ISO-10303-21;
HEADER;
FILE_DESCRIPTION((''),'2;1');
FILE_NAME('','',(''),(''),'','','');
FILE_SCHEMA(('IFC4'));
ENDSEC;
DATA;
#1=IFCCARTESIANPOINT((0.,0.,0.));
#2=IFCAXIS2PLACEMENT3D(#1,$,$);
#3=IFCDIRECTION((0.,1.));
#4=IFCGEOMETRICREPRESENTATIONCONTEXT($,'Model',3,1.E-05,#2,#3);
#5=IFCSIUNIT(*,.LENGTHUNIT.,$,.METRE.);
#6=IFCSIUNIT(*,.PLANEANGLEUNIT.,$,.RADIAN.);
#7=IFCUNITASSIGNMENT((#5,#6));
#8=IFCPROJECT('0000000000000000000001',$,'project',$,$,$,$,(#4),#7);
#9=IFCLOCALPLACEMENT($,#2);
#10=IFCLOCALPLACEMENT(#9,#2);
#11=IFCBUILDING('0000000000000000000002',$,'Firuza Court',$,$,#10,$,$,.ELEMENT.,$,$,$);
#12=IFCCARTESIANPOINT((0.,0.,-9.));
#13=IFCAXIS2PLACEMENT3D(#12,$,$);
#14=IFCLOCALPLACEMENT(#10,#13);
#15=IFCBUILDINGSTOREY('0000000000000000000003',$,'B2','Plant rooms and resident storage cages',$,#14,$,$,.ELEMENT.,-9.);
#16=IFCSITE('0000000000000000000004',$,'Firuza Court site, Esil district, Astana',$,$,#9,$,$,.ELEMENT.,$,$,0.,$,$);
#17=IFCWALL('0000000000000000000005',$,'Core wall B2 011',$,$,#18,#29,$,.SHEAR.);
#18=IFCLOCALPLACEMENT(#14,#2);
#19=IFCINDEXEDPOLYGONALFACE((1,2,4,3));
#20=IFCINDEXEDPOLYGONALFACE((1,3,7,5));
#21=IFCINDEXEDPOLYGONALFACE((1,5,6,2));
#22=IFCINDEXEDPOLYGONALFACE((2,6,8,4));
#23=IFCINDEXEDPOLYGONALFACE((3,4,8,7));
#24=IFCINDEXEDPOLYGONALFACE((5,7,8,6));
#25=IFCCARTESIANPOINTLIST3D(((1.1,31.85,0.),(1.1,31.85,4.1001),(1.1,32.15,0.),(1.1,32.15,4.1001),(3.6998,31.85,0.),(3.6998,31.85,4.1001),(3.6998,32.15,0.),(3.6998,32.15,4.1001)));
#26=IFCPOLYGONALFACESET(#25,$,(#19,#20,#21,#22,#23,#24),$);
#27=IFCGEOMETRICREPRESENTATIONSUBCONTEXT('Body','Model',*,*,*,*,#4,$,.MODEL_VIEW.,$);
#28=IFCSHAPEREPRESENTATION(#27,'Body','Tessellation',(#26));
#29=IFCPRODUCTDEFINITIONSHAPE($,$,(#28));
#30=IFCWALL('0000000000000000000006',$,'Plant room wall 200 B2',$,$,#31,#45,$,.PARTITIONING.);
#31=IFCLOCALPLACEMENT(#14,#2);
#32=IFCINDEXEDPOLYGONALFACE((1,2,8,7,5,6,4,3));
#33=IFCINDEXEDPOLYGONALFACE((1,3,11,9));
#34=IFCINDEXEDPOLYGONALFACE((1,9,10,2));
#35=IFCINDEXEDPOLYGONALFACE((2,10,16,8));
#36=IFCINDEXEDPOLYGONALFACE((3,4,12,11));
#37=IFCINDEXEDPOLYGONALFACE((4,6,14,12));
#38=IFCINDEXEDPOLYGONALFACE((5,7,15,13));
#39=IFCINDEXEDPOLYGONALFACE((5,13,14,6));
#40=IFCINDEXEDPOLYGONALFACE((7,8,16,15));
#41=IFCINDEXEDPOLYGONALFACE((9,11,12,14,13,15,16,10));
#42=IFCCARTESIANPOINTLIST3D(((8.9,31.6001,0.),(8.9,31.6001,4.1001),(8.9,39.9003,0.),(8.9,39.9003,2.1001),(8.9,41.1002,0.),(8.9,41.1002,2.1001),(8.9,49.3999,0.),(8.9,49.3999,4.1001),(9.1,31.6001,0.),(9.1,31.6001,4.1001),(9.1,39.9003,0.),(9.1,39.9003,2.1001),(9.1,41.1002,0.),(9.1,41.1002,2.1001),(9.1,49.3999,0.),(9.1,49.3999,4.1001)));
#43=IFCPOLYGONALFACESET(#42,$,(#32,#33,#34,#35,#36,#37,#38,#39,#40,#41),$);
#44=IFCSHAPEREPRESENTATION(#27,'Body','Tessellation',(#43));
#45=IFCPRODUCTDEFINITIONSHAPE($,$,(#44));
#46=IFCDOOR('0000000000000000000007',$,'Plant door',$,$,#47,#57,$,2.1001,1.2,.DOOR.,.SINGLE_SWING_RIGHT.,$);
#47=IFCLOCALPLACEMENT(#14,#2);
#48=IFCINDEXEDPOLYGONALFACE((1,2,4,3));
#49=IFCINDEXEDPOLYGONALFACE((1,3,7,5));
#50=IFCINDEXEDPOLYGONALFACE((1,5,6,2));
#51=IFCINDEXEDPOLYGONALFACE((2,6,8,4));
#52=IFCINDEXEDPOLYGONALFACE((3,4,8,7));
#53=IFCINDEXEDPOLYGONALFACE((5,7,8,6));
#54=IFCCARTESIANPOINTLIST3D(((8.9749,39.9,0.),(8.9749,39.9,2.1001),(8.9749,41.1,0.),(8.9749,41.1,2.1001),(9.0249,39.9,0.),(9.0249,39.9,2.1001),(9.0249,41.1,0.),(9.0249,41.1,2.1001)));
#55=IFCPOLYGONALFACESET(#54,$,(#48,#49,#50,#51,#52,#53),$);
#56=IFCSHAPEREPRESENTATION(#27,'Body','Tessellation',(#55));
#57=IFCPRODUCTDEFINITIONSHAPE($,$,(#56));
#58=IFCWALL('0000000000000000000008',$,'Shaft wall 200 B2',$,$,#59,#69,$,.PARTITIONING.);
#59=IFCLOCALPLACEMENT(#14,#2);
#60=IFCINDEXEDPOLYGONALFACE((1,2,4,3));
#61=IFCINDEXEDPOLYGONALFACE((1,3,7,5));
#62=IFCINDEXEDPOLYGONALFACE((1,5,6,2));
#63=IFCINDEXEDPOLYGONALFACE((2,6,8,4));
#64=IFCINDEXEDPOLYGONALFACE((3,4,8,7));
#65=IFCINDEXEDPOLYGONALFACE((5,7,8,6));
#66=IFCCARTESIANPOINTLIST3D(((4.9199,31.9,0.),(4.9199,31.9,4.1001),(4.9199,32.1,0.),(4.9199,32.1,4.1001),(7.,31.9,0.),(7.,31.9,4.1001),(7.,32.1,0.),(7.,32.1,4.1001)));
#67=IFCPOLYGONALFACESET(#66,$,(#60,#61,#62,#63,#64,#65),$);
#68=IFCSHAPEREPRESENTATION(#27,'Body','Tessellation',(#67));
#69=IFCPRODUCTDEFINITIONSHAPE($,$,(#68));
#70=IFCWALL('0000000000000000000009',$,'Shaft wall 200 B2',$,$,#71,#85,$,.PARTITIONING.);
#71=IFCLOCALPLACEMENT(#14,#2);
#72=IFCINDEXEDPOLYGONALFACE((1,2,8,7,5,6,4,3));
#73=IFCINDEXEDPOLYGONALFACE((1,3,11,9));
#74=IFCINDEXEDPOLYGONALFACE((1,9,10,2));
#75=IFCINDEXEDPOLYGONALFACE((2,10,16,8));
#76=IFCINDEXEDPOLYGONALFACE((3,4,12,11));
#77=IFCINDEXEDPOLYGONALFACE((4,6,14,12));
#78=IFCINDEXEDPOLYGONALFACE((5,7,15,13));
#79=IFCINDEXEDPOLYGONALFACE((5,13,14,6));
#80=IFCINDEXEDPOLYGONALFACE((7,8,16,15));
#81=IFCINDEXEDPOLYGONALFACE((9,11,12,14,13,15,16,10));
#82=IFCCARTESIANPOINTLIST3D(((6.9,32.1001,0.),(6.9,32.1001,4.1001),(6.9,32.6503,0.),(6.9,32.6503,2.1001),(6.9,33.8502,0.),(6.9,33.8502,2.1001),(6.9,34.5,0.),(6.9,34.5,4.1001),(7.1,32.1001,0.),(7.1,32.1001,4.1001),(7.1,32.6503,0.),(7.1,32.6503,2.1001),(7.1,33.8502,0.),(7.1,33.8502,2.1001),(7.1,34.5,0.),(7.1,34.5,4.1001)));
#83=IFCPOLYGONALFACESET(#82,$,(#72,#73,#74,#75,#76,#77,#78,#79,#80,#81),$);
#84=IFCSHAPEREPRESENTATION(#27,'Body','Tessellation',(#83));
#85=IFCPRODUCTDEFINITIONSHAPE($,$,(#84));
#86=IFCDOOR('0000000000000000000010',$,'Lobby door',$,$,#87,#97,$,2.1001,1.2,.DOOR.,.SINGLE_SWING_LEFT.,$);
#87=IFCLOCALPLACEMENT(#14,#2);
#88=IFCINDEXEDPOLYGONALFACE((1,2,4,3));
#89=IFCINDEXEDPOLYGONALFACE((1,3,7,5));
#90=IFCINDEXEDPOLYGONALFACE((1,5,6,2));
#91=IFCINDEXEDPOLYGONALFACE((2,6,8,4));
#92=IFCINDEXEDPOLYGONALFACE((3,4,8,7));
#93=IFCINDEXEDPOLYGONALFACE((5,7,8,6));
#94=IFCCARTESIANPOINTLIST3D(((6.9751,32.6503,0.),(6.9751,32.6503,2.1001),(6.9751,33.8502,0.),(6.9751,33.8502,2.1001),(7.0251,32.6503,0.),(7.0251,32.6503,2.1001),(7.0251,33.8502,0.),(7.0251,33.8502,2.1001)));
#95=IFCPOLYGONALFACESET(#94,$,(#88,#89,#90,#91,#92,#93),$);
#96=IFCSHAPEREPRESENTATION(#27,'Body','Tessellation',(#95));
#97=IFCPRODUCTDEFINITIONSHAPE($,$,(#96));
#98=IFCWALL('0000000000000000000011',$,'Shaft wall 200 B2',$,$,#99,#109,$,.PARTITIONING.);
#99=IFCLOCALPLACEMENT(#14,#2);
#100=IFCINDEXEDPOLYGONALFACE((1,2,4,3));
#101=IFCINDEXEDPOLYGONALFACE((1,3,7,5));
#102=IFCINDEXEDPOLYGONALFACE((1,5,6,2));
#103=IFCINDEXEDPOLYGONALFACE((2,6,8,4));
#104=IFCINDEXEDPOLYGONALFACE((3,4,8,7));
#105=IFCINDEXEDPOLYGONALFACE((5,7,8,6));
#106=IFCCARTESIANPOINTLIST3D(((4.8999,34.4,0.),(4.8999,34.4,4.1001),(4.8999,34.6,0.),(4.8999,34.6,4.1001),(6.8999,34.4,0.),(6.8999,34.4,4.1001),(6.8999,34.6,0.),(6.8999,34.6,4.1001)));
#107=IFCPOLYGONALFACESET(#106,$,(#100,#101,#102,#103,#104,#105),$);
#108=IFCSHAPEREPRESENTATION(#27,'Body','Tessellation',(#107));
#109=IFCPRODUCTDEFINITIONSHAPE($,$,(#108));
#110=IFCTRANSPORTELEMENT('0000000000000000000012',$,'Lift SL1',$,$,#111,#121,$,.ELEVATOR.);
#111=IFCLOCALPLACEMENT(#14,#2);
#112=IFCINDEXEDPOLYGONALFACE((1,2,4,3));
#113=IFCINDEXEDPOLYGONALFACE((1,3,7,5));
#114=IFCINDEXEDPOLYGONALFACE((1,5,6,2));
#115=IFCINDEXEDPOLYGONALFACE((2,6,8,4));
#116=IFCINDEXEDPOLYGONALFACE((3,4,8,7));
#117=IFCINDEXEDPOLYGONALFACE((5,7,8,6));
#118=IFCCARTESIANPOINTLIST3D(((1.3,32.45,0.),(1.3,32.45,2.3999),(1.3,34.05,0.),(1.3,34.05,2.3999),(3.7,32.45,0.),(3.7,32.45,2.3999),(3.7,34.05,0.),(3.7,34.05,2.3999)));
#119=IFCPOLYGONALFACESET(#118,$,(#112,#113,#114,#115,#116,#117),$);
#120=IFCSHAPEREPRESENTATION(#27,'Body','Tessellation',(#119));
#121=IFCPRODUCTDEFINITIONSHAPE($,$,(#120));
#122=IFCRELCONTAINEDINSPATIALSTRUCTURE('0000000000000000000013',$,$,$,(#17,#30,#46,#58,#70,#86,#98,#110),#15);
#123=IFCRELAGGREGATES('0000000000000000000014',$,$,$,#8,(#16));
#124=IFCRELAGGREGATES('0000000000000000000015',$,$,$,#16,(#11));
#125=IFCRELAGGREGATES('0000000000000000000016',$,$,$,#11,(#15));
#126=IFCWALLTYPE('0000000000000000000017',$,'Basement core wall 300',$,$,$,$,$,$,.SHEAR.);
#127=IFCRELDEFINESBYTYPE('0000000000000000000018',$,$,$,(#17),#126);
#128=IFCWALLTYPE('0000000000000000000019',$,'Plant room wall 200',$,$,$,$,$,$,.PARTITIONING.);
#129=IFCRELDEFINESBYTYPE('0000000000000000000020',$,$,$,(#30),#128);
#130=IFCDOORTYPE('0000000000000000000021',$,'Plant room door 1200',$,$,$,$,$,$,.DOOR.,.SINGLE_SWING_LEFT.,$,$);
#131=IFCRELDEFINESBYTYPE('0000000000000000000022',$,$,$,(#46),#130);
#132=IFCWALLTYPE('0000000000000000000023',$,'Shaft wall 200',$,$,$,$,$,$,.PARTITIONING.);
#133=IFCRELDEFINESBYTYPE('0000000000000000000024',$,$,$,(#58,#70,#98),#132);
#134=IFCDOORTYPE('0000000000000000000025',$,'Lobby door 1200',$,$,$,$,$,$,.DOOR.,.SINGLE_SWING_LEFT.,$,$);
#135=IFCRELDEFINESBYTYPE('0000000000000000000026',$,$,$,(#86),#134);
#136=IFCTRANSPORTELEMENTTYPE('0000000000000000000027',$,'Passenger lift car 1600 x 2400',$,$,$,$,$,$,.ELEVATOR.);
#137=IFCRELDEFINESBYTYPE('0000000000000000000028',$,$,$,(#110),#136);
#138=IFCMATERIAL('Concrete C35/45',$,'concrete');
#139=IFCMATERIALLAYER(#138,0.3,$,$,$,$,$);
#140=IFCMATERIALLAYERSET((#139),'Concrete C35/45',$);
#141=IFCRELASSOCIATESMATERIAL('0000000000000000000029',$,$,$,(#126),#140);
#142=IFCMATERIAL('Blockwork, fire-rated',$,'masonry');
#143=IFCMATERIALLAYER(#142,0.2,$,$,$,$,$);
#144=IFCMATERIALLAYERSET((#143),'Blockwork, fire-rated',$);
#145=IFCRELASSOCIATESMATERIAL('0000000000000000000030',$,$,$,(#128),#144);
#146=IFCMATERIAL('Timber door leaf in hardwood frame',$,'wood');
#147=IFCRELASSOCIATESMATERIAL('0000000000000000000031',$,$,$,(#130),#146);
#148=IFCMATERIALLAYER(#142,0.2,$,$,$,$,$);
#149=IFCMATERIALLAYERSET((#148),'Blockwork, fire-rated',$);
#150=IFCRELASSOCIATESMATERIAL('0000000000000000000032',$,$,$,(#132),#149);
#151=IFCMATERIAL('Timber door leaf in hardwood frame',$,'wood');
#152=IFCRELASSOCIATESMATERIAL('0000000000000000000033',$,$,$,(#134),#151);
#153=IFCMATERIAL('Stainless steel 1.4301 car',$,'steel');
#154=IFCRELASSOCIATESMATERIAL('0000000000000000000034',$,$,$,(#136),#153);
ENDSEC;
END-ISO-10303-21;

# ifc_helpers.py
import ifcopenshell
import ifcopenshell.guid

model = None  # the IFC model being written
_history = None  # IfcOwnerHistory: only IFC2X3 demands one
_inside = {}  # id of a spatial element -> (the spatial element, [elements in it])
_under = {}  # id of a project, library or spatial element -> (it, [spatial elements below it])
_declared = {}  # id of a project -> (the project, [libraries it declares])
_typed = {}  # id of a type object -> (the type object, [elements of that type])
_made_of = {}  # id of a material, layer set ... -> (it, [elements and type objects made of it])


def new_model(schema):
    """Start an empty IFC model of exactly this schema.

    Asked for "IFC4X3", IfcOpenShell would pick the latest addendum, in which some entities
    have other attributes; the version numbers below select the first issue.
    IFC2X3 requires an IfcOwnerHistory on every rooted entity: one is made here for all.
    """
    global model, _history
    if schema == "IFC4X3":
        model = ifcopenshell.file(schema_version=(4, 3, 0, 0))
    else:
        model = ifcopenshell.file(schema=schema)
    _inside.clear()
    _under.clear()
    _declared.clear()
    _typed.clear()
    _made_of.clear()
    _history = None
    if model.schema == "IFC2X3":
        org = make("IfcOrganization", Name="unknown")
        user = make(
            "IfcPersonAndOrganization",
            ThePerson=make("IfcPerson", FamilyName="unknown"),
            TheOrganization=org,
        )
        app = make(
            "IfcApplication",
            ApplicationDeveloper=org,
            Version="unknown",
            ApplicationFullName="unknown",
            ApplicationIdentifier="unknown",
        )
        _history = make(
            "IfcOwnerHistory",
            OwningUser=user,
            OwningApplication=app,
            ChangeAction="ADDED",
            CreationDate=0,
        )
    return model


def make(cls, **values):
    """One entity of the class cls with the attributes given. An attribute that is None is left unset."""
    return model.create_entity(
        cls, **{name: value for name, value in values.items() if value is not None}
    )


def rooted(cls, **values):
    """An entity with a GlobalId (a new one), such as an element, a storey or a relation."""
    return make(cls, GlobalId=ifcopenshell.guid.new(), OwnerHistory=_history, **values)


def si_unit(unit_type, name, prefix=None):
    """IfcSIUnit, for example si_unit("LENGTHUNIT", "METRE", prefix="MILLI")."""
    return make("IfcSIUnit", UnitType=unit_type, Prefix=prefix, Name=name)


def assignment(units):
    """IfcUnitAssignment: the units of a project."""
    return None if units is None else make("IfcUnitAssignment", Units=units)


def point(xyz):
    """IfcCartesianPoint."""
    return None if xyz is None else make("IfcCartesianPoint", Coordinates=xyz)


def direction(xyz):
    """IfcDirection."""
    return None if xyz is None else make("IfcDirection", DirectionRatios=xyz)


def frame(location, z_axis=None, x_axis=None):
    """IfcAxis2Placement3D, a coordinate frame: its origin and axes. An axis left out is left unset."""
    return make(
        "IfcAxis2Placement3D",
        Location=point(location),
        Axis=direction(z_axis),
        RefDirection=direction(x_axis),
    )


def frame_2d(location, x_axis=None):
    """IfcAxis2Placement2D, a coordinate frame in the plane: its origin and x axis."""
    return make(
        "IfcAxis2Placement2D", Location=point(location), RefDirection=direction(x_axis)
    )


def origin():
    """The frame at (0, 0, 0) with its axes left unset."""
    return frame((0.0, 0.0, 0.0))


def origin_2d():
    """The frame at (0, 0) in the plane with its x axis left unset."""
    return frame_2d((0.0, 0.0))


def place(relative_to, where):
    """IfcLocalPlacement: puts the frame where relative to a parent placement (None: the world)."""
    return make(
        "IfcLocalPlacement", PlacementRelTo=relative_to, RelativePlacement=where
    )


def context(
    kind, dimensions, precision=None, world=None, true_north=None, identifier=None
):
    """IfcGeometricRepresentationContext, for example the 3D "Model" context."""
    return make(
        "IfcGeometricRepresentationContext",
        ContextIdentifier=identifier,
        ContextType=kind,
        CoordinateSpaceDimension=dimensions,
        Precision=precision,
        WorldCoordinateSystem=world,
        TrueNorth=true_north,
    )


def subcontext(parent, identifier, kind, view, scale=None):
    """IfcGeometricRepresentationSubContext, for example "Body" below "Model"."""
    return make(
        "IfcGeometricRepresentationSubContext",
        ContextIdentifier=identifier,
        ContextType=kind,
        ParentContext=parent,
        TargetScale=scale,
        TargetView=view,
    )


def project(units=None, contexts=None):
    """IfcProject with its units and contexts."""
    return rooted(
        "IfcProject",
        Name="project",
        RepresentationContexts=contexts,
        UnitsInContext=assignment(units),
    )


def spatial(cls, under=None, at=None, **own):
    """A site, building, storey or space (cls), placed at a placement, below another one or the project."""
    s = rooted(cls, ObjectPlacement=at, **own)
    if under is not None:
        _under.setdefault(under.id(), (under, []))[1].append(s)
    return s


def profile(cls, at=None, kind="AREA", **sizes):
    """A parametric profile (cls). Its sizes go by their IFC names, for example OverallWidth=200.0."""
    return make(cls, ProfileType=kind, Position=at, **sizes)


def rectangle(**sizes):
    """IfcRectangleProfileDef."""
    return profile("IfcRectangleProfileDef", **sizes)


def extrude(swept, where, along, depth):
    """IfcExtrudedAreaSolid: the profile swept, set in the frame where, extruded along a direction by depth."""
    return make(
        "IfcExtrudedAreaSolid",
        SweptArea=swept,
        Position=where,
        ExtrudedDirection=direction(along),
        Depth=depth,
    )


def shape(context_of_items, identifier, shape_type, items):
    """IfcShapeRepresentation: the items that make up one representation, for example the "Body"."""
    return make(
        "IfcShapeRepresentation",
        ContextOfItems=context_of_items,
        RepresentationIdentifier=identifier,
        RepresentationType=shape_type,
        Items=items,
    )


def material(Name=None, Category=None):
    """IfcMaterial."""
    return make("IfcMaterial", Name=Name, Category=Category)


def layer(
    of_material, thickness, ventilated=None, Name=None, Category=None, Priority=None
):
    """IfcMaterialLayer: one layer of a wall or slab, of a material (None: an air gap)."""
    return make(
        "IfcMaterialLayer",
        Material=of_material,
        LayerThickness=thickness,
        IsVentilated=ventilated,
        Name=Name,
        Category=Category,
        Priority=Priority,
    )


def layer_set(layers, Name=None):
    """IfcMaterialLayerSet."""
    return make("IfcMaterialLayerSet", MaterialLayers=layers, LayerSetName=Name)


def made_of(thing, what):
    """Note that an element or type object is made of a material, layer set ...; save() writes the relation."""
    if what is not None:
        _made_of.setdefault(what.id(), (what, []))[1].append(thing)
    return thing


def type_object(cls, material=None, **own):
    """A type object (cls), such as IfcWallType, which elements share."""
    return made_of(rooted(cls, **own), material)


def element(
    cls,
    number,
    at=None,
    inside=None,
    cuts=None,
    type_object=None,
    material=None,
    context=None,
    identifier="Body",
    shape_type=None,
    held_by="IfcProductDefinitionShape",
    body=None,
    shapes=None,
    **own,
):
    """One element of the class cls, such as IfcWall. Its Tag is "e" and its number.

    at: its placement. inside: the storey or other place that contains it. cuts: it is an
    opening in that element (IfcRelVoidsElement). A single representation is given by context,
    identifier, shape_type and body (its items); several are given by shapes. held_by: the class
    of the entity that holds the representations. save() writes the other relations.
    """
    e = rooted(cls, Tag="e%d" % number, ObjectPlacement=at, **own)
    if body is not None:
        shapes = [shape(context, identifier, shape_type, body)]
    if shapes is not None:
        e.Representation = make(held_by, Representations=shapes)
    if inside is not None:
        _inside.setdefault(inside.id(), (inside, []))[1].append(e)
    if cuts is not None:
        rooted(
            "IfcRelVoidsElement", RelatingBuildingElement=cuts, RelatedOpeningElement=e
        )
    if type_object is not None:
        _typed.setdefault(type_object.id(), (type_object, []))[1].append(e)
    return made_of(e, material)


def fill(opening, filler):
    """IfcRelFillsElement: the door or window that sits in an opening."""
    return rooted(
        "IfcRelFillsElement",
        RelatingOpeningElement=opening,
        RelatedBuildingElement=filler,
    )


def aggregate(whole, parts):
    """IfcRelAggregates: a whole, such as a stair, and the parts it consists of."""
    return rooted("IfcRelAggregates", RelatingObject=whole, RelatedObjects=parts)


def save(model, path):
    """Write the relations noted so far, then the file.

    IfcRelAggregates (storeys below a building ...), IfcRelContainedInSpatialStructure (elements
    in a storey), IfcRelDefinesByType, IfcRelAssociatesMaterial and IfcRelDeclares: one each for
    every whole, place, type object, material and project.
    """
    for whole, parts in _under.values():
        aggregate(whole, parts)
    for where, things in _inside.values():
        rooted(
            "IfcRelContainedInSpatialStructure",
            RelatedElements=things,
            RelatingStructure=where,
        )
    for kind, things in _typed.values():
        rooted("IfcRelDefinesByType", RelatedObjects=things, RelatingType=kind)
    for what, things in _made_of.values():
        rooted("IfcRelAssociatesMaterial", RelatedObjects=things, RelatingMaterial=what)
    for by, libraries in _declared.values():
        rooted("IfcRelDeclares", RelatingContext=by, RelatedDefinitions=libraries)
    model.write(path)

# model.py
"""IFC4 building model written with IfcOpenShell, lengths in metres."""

from ifc_helpers import new_model, si_unit, direction, frame, frame_2d, origin, origin_2d, place, context, subcontext, project, spatial, rectangle, extrude, material, layer, layer_set, type_object, element, fill, save


model = new_model("IFC4")

# Units and contexts
model_context = context("Model", 3, precision=1e-05, world=origin(), true_north=direction((0.0, 1.0)))
body_context = subcontext(model_context, "Body", "Model", "MODEL_VIEW")
ifc_project = project(units=[si_unit("LENGTHUNIT", "METRE"), si_unit("PLANEANGLEUNIT", "RADIAN")], contexts=[model_context])

# Site, building, storey
site_placement = place(None, origin())
site = spatial("IfcSite", under=ifc_project, at=site_placement, Name="Firuza Court site, Esil district, Astana", CompositionType="ELEMENT", RefElevation=0.0)
building_placement = place(site_placement, origin())
building = spatial("IfcBuilding", under=site, at=building_placement, Name="Firuza Court", CompositionType="ELEMENT")
storey_placement = place(building_placement, frame((0.0, 0.0, -9.0)))
storey = spatial("IfcBuildingStorey", under=building, at=storey_placement, Name="B2", Description="Plant rooms and resident storage cages", CompositionType="ELEMENT", Elevation=-9.0)

# Wall
ifc_material_1 = material(Name="Concrete C35/45", Category="concrete")
ifc_layer_1 = layer(ifc_material_1, 0.3)
ifc_layer_set_1 = layer_set([ifc_layer_1], Name="Concrete C35/45")
wall_type_1 = type_object("IfcWallType", Name="Basement core wall 300", PredefinedType="SHEAR", material=ifc_layer_set_1)
wall_1_placement = place(storey_placement, frame((1.1001, 32.0, 0.0), z_axis=(0.0, 0.0, 1.0), x_axis=(1.0, 0.0, 0.0)))
element("IfcWall", 1, at=wall_1_placement, inside=storey, type_object=wall_type_1, Name="Core wall B2 011", PredefinedType="SHEAR", context=body_context, shape_type="SweptSolid", body=[
    extrude(rectangle(XDim=2.5999, YDim=0.3, at=frame_2d((1.2998, 0.0))), origin(), (0.0, 0.0, 1.0), 4.1001),
])

# Wall, opening, door
ifc_material_2 = material(Name="Blockwork, fire-rated", Category="masonry")
ifc_layer_2 = layer(ifc_material_2, 0.2)
ifc_layer_set_2 = layer_set([ifc_layer_2], Name="Blockwork, fire-rated")
wall_type_2 = type_object("IfcWallType", Name="Plant room wall 200", PredefinedType="PARTITIONING", material=ifc_layer_set_2)
wall_2_placement = place(storey_placement, frame((9.0, 31.6001, 0.0), z_axis=(0.0, 0.0, 1.0), x_axis=(0.0, 1.0, 0.0)))
wall_2 = element("IfcWall", 2, at=wall_2_placement, inside=storey, type_object=wall_type_2, Name="Plant room wall 200 B2", PredefinedType="PARTITIONING", context=body_context, shape_type="SweptSolid", body=[
    extrude(rectangle(XDim=17.7998, YDim=0.2, at=frame_2d((8.8999, 0.0))), origin(), (0.0, 0.0, 1.0), 4.1001),
])
opening_1_placement = place(wall_2_placement, frame((8.3, 0.0, 0.0)))
opening_1 = element("IfcOpeningElement", 3, at=opening_1_placement, cuts=wall_2, PredefinedType="OPENING", context=body_context, shape_type="SweptSolid", body=[
    extrude(rectangle(XDim=1.2, YDim=2.1001, at=frame_2d((0.6001, 1.05))), frame((0.0, 0.1118, 0.0), z_axis=(0.0, -1.0, 0.0), x_axis=(1.0, 0.0, 0.0)), (0.0, 0.0, 1.0), 0.2239),
])
ifc_material_3 = material(Name="Timber door leaf in hardwood frame", Category="wood")
door_type_1 = type_object("IfcDoorType", Name="Plant room door 1200", OperationType="SINGLE_SWING_LEFT", PredefinedType="DOOR", material=ifc_material_3)
door_1_placement = place(opening_1_placement, frame((1.2, 0.0, 0.0), z_axis=(0.0, 0.0, 1.0), x_axis=(-1.0, 0.0, 0.0)))
door_1 = element("IfcDoor", 4, at=door_1_placement, inside=storey, type_object=door_type_1, Name="Plant door", OperationType="SINGLE_SWING_RIGHT", OverallHeight=2.1001, OverallWidth=1.2, PredefinedType="DOOR", context=body_context, shape_type="SweptSolid", body=[
    extrude(rectangle(XDim=1.2, YDim=2.1001, at=frame_2d((0.6001, 1.05))), frame((0.0, 0.0249, 0.0), z_axis=(0.0, -1.0, 0.0), x_axis=(1.0, 0.0, 0.0)), (0.0, 0.0, 1.0), 0.05),
])
fill(opening_1, door_1)

# Wall
ifc_layer_3 = layer(ifc_material_2, 0.2)
ifc_layer_set_3 = layer_set([ifc_layer_3], Name="Blockwork, fire-rated")
wall_type_3 = type_object("IfcWallType", Name="Shaft wall 200", PredefinedType="PARTITIONING", material=ifc_layer_set_3)
wall_3_placement = place(storey_placement, frame((4.9199, 32.0, 0.0), z_axis=(0.0, 0.0, 1.0), x_axis=(1.0, 0.0, 0.0)))
element("IfcWall", 5, at=wall_3_placement, inside=storey, type_object=wall_type_3, Name="Shaft wall 200 B2", PredefinedType="PARTITIONING", context=body_context, shape_type="SweptSolid", body=[
    extrude(rectangle(XDim=2.0801, YDim=0.2, at=frame_2d((1.04, 0.0))), origin(), (0.0, 0.0, 1.0), 4.1001),
])

# Wall, opening, door
wall_4_placement = place(storey_placement, frame((7.0, 32.1001, 0.0), z_axis=(0.0, 0.0, 1.0), x_axis=(0.0, 1.0, 0.0)))
wall_4 = element("IfcWall", 6, at=wall_4_placement, inside=storey, type_object=wall_type_3, Name="Shaft wall 200 B2", PredefinedType="PARTITIONING", context=body_context, shape_type="SweptSolid", body=[
    extrude(rectangle(XDim=2.3999, YDim=0.2, at=frame_2d((1.2, 0.0))), origin(), (0.0, 0.0, 1.0), 4.1001),
])
opening_2_placement = place(wall_4_placement, frame((0.55, 0.0, 0.0)))
opening_2 = element("IfcOpeningElement", 7, at=opening_2_placement, cuts=wall_4, PredefinedType="OPENING", context=body_context, shape_type="SweptSolid", body=[
    extrude(rectangle(XDim=1.2, YDim=2.1001, at=frame_2d((0.6001, 1.05))), frame((0.0, 0.1118, 0.0), z_axis=(0.0, -1.0, 0.0), x_axis=(1.0, 0.0, 0.0)), (0.0, 0.0, 1.0), 0.2239),
])
ifc_material_4 = material(Name="Timber door leaf in hardwood frame", Category="wood")
door_type_2 = type_object("IfcDoorType", Name="Lobby door 1200", OperationType="SINGLE_SWING_LEFT", PredefinedType="DOOR", material=ifc_material_4)
door_2_placement = place(opening_2_placement, origin())
door_2 = element("IfcDoor", 8, at=door_2_placement, inside=storey, type_object=door_type_2, Name="Lobby door", OperationType="SINGLE_SWING_LEFT", OverallHeight=2.1001, OverallWidth=1.2, PredefinedType="DOOR", context=body_context, shape_type="SweptSolid", body=[
    extrude(rectangle(XDim=1.2, YDim=2.1001, at=frame_2d((0.6001, 1.05))), frame((0.0, 0.0249, 0.0), z_axis=(0.0, -1.0, 0.0), x_axis=(1.0, 0.0, 0.0)), (0.0, 0.0, 1.0), 0.05),
])
fill(opening_2, door_2)

# Wall
wall_5_placement = place(storey_placement, frame((4.8999, 34.5, 0.0), z_axis=(0.0, 0.0, 1.0), x_axis=(1.0, 0.0, 0.0)))
element("IfcWall", 9, at=wall_5_placement, inside=storey, type_object=wall_type_3, Name="Shaft wall 200 B2", PredefinedType="PARTITIONING", context=body_context, shape_type="SweptSolid", body=[
    extrude(rectangle(XDim=2.0, YDim=0.2, at=frame_2d((1.0, 0.0))), origin(), (0.0, 0.0, 1.0), 4.1001),
])

# Transport element
ifc_material_5 = material(Name="Stainless steel 1.4301 car", Category="steel")
transport_element_type = type_object("IfcTransportElementType", Name="Passenger lift car 1600 x 2400", PredefinedType="ELEVATOR", material=ifc_material_5)
transport_element_placement = place(storey_placement, frame((2.5, 33.25, 0.0), z_axis=(0.0, 0.0, 1.0), x_axis=(1.0, 0.0, 0.0)))
element("IfcTransportElement", 10, at=transport_element_placement, inside=storey, type_object=transport_element_type, Name="Lift SL1", PredefinedType="ELEVATOR", context=body_context, shape_type="SweptSolid", body=[
    extrude(rectangle(XDim=2.3999, YDim=1.6001, at=origin_2d()), origin(), (0.0, 0.0, 1.0), 2.3999),
])

save(model, "model.ifc")
